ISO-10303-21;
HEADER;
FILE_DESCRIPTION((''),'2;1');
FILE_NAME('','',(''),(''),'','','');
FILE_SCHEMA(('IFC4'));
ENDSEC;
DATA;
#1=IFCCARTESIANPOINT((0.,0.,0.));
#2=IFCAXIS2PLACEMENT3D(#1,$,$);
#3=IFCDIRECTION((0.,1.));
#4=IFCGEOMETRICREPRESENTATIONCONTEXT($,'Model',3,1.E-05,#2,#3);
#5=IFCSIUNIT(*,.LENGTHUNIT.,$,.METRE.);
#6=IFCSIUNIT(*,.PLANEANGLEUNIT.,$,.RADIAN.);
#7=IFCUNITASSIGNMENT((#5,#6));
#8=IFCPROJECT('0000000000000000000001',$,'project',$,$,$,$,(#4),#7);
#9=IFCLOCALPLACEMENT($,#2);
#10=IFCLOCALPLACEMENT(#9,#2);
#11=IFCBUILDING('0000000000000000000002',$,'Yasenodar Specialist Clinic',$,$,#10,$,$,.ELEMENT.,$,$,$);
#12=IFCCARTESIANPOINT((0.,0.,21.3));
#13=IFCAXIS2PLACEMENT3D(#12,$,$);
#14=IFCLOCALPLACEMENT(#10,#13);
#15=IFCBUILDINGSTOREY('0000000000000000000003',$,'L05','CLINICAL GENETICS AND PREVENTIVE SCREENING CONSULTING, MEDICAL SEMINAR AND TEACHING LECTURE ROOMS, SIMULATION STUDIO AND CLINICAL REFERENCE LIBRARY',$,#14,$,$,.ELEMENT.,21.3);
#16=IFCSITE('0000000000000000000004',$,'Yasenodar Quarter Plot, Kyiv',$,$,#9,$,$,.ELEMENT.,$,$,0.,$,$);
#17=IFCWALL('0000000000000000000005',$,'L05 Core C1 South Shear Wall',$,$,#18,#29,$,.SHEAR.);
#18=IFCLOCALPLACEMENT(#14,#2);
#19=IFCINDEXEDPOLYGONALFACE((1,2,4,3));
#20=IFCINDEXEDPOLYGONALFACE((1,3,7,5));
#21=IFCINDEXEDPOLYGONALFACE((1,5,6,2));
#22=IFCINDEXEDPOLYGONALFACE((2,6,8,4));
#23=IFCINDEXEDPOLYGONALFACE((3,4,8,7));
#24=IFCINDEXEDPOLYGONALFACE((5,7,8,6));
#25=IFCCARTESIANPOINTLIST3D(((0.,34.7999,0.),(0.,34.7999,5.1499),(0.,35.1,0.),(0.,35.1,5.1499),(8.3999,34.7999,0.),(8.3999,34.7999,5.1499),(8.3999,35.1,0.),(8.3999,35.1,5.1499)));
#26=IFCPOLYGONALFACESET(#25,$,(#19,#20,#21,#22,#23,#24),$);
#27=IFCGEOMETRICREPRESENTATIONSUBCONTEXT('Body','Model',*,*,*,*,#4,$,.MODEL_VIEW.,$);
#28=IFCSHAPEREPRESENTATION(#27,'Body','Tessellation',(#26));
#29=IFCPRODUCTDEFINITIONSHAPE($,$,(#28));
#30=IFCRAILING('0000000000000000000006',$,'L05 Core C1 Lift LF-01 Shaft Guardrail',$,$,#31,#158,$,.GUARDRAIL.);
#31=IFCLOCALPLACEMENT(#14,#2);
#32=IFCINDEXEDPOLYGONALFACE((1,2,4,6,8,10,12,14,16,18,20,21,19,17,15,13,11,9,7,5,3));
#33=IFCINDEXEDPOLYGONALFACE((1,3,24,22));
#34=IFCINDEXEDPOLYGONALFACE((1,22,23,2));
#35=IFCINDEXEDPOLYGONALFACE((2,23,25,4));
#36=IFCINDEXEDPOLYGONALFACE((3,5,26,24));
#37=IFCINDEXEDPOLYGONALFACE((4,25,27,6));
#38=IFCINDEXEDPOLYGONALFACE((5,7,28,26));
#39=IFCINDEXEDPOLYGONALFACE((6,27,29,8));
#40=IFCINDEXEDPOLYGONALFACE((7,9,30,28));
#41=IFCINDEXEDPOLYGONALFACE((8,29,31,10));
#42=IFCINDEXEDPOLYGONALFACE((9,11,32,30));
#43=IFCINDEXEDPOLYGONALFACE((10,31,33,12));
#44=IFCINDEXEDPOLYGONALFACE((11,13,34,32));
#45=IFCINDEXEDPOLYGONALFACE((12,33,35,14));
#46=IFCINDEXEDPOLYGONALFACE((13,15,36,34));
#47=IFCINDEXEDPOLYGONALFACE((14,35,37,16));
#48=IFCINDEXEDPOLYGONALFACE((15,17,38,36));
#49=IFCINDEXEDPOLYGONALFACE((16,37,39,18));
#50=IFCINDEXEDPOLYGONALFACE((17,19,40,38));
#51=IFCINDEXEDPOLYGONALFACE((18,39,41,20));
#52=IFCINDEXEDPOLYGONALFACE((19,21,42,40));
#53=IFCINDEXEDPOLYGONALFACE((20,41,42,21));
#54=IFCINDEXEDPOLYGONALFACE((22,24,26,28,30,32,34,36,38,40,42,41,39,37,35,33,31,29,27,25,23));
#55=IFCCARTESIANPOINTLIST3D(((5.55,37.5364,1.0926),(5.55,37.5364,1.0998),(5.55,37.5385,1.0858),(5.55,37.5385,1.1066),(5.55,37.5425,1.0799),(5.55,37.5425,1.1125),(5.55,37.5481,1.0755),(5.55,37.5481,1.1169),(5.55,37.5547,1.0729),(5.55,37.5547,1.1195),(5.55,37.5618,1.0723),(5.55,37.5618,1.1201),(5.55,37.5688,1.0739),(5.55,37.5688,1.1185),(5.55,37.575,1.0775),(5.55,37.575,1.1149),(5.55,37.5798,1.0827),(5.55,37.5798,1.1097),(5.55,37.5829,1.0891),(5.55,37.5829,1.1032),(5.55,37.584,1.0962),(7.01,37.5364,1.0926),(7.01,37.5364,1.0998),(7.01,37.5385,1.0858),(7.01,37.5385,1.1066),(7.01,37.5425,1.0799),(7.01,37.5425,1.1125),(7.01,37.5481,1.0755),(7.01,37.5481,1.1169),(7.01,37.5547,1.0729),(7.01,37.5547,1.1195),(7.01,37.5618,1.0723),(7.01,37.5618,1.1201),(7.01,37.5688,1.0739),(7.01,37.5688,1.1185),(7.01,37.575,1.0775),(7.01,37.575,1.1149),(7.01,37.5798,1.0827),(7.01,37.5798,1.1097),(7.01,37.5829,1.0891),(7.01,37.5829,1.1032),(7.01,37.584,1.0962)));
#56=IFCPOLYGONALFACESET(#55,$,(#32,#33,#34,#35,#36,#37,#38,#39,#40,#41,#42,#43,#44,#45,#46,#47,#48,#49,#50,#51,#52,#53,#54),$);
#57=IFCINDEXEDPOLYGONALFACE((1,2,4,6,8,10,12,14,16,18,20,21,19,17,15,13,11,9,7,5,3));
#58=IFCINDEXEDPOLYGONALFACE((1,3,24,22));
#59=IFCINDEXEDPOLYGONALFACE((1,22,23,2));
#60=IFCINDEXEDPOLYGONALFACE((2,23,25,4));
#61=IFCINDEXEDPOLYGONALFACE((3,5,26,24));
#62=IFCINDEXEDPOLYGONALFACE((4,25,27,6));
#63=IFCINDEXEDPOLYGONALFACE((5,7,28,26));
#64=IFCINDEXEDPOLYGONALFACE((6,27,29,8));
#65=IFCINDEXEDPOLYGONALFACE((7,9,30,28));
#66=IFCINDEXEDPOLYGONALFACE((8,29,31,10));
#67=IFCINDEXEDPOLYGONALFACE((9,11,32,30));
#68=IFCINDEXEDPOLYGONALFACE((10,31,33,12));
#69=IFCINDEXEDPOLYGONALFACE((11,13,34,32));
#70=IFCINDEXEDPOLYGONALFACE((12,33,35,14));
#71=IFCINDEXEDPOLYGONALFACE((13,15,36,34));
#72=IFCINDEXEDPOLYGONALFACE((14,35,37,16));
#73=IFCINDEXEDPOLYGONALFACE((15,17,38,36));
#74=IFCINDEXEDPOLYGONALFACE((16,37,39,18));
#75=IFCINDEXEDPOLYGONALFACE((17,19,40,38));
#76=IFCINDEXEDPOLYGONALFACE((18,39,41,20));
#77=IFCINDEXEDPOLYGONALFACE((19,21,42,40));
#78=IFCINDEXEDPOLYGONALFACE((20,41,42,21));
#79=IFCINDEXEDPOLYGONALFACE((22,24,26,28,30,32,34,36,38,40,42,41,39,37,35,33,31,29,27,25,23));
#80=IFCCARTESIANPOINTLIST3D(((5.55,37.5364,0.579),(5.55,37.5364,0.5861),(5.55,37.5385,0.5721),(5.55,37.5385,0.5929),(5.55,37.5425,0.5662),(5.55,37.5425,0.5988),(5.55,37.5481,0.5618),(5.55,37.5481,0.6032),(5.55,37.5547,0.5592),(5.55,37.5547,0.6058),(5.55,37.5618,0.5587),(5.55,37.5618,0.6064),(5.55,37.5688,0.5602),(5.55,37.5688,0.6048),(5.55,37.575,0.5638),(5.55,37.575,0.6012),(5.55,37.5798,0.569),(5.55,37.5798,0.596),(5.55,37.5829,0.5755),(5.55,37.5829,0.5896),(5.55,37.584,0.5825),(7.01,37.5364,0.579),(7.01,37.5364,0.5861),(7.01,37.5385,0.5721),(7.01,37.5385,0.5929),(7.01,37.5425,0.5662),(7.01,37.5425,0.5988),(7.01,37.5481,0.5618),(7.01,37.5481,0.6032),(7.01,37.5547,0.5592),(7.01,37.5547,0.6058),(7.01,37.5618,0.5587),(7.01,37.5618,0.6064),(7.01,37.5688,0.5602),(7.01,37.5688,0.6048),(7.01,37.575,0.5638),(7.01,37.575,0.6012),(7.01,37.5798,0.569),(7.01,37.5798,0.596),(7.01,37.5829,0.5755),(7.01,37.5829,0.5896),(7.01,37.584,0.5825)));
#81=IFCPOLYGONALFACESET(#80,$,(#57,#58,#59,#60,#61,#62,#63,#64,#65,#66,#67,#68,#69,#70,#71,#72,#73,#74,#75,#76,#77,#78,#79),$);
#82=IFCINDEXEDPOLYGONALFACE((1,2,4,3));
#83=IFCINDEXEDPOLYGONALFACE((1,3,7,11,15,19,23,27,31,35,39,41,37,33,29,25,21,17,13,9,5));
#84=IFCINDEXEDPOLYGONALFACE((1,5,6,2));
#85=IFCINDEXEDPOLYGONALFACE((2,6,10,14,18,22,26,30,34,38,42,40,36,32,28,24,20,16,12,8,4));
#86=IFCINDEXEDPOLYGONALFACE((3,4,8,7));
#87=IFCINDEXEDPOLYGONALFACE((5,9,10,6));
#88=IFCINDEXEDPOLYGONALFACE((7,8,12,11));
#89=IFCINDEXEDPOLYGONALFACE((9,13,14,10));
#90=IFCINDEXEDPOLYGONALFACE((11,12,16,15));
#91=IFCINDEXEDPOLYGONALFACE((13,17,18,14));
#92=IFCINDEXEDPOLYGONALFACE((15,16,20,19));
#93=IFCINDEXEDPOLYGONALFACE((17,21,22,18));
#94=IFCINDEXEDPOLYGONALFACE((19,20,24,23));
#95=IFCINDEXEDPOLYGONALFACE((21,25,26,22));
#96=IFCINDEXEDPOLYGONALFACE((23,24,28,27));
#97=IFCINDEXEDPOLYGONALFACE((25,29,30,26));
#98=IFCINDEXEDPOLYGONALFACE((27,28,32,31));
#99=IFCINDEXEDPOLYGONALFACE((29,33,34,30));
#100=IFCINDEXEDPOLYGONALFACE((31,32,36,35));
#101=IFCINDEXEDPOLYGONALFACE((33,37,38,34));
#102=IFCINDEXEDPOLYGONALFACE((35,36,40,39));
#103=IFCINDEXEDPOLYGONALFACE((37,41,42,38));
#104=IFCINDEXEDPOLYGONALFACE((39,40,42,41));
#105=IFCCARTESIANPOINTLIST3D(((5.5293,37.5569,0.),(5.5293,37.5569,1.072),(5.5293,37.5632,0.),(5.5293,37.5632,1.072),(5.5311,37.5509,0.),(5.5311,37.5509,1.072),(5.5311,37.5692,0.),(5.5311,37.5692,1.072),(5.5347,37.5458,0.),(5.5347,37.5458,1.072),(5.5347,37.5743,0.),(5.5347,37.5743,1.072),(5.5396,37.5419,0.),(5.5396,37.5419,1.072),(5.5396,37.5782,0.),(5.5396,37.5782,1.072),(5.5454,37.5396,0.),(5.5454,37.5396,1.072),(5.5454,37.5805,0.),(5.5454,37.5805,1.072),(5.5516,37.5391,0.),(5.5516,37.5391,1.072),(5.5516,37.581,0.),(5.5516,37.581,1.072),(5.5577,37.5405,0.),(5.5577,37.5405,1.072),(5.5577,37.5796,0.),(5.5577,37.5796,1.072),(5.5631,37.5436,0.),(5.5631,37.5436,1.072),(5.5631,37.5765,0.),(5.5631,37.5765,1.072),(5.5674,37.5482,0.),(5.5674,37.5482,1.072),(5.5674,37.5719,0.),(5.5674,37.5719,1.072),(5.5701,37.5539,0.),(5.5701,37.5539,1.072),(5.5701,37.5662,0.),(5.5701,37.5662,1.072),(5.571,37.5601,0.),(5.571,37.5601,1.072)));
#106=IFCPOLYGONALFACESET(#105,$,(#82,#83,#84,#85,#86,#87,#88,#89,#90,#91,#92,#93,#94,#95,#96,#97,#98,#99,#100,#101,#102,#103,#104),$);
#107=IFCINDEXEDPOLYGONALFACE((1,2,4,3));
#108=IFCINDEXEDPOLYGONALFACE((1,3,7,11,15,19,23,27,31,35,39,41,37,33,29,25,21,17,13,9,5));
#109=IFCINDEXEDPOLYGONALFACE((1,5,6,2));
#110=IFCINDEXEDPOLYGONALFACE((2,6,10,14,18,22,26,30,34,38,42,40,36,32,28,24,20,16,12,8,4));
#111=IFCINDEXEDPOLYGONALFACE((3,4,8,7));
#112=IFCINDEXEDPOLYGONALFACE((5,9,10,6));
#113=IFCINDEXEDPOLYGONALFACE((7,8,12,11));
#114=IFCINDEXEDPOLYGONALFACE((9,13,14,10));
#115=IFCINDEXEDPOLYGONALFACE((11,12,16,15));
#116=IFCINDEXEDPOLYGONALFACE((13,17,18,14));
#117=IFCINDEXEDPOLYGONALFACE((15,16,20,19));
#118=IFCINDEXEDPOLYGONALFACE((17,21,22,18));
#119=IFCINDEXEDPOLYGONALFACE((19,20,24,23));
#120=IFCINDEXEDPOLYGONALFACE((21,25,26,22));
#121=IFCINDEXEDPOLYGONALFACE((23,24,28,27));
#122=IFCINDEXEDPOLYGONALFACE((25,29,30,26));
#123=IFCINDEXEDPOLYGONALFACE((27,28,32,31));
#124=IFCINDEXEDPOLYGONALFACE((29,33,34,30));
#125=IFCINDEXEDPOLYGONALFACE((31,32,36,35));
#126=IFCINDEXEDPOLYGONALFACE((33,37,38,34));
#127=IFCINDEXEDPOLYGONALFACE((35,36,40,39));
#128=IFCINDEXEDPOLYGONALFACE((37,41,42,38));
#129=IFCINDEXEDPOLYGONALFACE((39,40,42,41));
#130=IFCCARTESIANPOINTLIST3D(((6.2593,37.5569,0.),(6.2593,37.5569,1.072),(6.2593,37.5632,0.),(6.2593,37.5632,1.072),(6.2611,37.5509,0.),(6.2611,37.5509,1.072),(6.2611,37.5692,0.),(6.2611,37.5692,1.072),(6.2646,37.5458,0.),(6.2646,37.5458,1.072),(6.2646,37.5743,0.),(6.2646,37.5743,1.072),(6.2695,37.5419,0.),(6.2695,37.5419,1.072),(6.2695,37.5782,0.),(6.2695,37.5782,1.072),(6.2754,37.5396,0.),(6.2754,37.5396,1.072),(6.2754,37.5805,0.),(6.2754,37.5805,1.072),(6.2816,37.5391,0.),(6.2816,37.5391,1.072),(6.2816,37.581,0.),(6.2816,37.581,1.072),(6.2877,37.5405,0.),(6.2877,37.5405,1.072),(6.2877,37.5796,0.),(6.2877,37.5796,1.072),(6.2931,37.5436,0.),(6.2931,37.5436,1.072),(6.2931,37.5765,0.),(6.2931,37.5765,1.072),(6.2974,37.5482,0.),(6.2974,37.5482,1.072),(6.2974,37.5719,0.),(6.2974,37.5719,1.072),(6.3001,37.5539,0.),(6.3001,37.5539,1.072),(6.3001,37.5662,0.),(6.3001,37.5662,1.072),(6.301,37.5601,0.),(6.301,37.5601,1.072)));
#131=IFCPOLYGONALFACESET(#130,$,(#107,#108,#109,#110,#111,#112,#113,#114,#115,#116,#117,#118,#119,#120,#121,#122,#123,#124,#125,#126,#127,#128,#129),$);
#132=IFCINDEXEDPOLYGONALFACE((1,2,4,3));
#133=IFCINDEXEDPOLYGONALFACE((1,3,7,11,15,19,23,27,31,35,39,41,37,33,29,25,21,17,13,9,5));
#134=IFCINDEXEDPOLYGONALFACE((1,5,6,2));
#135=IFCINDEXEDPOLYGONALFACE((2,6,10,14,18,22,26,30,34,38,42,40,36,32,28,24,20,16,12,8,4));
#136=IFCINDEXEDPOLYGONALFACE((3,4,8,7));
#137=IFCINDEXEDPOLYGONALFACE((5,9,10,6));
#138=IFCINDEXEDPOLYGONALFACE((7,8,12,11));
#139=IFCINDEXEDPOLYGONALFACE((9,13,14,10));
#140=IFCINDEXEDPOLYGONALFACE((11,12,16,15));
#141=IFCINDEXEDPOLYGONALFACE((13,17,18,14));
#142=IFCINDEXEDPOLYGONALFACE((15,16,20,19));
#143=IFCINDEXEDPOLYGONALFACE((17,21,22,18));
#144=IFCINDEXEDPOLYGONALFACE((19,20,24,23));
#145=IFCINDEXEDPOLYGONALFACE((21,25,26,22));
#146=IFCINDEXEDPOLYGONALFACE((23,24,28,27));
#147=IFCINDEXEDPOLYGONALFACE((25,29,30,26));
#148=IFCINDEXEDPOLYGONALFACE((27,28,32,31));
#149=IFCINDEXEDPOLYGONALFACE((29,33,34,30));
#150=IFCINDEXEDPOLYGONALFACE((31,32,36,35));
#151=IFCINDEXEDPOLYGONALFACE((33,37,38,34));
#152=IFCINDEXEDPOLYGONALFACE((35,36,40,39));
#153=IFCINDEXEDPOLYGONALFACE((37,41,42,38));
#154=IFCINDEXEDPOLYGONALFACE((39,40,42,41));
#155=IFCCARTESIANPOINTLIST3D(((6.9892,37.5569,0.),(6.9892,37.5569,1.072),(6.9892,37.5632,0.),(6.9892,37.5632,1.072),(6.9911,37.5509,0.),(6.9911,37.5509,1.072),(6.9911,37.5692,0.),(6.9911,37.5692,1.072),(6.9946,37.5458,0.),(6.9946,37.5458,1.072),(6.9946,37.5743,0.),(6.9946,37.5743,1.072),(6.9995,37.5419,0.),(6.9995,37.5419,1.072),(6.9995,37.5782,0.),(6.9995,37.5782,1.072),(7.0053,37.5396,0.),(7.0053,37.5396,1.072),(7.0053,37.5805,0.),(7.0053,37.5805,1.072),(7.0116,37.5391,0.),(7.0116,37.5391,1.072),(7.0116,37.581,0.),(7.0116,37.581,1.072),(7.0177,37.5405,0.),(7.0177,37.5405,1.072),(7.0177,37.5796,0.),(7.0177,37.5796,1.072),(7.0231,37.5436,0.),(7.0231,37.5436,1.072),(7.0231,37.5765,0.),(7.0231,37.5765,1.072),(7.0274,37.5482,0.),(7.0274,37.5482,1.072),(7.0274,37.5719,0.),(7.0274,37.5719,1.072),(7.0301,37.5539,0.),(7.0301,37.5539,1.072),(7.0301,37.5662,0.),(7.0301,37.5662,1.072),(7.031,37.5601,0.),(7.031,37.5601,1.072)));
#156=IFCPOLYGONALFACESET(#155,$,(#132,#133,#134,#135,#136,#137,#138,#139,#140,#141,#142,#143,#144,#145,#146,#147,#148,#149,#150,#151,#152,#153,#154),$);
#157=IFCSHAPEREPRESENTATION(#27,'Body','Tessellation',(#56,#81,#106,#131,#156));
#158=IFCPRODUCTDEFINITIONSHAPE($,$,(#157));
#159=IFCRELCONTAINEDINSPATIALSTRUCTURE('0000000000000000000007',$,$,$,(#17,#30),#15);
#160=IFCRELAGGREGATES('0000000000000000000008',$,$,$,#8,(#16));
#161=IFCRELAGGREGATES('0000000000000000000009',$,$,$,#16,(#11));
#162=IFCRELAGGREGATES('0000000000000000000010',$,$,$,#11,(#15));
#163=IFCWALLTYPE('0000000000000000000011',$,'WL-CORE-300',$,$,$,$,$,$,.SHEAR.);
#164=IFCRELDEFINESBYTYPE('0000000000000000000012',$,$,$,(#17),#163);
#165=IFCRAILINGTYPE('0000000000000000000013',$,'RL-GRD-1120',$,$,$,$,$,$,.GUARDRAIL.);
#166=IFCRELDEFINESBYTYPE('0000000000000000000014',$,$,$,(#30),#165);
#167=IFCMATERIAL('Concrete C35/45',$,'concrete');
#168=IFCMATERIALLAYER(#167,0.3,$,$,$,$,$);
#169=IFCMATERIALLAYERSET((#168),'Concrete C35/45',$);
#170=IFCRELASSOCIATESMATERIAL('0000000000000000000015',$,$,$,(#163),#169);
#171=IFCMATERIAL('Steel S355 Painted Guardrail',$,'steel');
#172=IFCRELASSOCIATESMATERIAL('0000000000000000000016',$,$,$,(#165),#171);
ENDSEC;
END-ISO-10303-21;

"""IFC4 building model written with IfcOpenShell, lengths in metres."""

from ifc_helpers import new_model, si_unit, direction, frame, frame_2d, origin, origin_2d, place, context, subcontext, project, spatial, rectangle, circle, extrude, material, layer, layer_set, type_object, element, save


model = new_model("IFC4")

# Units and contexts
model_context = context("Model", 3, precision=1e-05, world=origin(), true_north=direction((0.0, 1.0)))
body_context = subcontext(model_context, "Body", "Model", "MODEL_VIEW")
ifc_project = project(units=[si_unit("LENGTHUNIT", "METRE"), si_unit("PLANEANGLEUNIT", "RADIAN")], contexts=[model_context])

# Site, building, storey
site_placement = place(None, origin())
site = spatial("IfcSite", under=ifc_project, at=site_placement, Name="Yasenodar Quarter Plot, Kyiv", CompositionType="ELEMENT", RefElevation=0.0)
building_placement = place(site_placement, origin())
building = spatial("IfcBuilding", under=site, at=building_placement, Name="Yasenodar Specialist Clinic", CompositionType="ELEMENT")
storey_placement = place(building_placement, frame((0.0, 0.0, 21.3)))
storey = spatial("IfcBuildingStorey", under=building, at=storey_placement, Name="L05", Description="CLINICAL GENETICS AND PREVENTIVE SCREENING CONSULTING, MEDICAL SEMINAR AND TEACHING LECTURE ROOMS, SIMULATION STUDIO AND CLINICAL REFERENCE LIBRARY", CompositionType="ELEMENT", Elevation=21.3)

# Shared definitions
ifc_material_1 = material(Name="Concrete C35/45", Category="concrete")

# Wall
ifc_layer_1 = layer(ifc_material_1, 0.3)
ifc_layer_set_1 = layer_set([ifc_layer_1], Name="Concrete C35/45")
wall_type_1 = type_object("IfcWallType", Name="WL-CORE-300", PredefinedType="SHEAR", material=ifc_layer_set_1)
for number, where, z_axis, x_axis, name in (
    (1, (0.0, 34.95, 0.0), (0.0, 0.0, 1.0), (1.0, 0.0, 0.0), "L05 Core C1 South Shear Wall"),
):
    element("IfcWall", number, at=place(storey_placement, frame(where, z_axis=z_axis, x_axis=x_axis)), inside=storey, type_object=wall_type_1, Name=name, PredefinedType="SHEAR", context=body_context, shape_type="SweptSolid", body=[
        extrude(rectangle(XDim=8.3999, YDim=0.3, at=frame_2d((4.2, 0.0))), origin(), (0.0, 0.0, 1.0), 5.1499),
    ])

# Railing
ifc_material_2 = material(Name="Steel S355 Painted Guardrail", Category="steel")
railing_type_1 = type_object("IfcRailingType", Name="RL-GRD-1120", PredefinedType="GUARDRAIL", material=ifc_material_2)
railing_1_placement = place(storey_placement, frame((5.55, 37.5601, 0.0)))
element("IfcRailing", 2, at=railing_1_placement, inside=storey, type_object=railing_type_1, Name="L05 Core C1 Lift LF-01 Shaft Guardrail", PredefinedType="GUARDRAIL", context=body_context, shape_type="SweptSolid", body=[
    extrude(circle(Radius=0.0239, at=origin_2d()), frame((0.0, 0.0, 1.0962), z_axis=(1.0, 0.0, 0.0), x_axis=(0.0, 1.0, 0.0)), (0.0, 0.0, 1.0), 1.46),
    extrude(circle(Radius=0.0239, at=origin_2d()), frame((0.0, 0.0, 0.5825), z_axis=(1.0, 0.0, 0.0), x_axis=(0.0, 1.0, 0.0)), (0.0, 0.0, 1.0), 1.46),
    extrude(circle(Radius=0.021, at=origin_2d()), origin(), (0.0, 0.0, 1.0), 1.072),
    extrude(circle(Radius=0.021, at=origin_2d()), frame((0.73, 0.0, 0.0)), (0.0, 0.0, 1.0), 1.072),
    extrude(circle(Radius=0.021, at=origin_2d()), frame((1.46, 0.0, 0.0)), (0.0, 0.0, 1.0), 1.072),
])

save(model, "model.ifc")
